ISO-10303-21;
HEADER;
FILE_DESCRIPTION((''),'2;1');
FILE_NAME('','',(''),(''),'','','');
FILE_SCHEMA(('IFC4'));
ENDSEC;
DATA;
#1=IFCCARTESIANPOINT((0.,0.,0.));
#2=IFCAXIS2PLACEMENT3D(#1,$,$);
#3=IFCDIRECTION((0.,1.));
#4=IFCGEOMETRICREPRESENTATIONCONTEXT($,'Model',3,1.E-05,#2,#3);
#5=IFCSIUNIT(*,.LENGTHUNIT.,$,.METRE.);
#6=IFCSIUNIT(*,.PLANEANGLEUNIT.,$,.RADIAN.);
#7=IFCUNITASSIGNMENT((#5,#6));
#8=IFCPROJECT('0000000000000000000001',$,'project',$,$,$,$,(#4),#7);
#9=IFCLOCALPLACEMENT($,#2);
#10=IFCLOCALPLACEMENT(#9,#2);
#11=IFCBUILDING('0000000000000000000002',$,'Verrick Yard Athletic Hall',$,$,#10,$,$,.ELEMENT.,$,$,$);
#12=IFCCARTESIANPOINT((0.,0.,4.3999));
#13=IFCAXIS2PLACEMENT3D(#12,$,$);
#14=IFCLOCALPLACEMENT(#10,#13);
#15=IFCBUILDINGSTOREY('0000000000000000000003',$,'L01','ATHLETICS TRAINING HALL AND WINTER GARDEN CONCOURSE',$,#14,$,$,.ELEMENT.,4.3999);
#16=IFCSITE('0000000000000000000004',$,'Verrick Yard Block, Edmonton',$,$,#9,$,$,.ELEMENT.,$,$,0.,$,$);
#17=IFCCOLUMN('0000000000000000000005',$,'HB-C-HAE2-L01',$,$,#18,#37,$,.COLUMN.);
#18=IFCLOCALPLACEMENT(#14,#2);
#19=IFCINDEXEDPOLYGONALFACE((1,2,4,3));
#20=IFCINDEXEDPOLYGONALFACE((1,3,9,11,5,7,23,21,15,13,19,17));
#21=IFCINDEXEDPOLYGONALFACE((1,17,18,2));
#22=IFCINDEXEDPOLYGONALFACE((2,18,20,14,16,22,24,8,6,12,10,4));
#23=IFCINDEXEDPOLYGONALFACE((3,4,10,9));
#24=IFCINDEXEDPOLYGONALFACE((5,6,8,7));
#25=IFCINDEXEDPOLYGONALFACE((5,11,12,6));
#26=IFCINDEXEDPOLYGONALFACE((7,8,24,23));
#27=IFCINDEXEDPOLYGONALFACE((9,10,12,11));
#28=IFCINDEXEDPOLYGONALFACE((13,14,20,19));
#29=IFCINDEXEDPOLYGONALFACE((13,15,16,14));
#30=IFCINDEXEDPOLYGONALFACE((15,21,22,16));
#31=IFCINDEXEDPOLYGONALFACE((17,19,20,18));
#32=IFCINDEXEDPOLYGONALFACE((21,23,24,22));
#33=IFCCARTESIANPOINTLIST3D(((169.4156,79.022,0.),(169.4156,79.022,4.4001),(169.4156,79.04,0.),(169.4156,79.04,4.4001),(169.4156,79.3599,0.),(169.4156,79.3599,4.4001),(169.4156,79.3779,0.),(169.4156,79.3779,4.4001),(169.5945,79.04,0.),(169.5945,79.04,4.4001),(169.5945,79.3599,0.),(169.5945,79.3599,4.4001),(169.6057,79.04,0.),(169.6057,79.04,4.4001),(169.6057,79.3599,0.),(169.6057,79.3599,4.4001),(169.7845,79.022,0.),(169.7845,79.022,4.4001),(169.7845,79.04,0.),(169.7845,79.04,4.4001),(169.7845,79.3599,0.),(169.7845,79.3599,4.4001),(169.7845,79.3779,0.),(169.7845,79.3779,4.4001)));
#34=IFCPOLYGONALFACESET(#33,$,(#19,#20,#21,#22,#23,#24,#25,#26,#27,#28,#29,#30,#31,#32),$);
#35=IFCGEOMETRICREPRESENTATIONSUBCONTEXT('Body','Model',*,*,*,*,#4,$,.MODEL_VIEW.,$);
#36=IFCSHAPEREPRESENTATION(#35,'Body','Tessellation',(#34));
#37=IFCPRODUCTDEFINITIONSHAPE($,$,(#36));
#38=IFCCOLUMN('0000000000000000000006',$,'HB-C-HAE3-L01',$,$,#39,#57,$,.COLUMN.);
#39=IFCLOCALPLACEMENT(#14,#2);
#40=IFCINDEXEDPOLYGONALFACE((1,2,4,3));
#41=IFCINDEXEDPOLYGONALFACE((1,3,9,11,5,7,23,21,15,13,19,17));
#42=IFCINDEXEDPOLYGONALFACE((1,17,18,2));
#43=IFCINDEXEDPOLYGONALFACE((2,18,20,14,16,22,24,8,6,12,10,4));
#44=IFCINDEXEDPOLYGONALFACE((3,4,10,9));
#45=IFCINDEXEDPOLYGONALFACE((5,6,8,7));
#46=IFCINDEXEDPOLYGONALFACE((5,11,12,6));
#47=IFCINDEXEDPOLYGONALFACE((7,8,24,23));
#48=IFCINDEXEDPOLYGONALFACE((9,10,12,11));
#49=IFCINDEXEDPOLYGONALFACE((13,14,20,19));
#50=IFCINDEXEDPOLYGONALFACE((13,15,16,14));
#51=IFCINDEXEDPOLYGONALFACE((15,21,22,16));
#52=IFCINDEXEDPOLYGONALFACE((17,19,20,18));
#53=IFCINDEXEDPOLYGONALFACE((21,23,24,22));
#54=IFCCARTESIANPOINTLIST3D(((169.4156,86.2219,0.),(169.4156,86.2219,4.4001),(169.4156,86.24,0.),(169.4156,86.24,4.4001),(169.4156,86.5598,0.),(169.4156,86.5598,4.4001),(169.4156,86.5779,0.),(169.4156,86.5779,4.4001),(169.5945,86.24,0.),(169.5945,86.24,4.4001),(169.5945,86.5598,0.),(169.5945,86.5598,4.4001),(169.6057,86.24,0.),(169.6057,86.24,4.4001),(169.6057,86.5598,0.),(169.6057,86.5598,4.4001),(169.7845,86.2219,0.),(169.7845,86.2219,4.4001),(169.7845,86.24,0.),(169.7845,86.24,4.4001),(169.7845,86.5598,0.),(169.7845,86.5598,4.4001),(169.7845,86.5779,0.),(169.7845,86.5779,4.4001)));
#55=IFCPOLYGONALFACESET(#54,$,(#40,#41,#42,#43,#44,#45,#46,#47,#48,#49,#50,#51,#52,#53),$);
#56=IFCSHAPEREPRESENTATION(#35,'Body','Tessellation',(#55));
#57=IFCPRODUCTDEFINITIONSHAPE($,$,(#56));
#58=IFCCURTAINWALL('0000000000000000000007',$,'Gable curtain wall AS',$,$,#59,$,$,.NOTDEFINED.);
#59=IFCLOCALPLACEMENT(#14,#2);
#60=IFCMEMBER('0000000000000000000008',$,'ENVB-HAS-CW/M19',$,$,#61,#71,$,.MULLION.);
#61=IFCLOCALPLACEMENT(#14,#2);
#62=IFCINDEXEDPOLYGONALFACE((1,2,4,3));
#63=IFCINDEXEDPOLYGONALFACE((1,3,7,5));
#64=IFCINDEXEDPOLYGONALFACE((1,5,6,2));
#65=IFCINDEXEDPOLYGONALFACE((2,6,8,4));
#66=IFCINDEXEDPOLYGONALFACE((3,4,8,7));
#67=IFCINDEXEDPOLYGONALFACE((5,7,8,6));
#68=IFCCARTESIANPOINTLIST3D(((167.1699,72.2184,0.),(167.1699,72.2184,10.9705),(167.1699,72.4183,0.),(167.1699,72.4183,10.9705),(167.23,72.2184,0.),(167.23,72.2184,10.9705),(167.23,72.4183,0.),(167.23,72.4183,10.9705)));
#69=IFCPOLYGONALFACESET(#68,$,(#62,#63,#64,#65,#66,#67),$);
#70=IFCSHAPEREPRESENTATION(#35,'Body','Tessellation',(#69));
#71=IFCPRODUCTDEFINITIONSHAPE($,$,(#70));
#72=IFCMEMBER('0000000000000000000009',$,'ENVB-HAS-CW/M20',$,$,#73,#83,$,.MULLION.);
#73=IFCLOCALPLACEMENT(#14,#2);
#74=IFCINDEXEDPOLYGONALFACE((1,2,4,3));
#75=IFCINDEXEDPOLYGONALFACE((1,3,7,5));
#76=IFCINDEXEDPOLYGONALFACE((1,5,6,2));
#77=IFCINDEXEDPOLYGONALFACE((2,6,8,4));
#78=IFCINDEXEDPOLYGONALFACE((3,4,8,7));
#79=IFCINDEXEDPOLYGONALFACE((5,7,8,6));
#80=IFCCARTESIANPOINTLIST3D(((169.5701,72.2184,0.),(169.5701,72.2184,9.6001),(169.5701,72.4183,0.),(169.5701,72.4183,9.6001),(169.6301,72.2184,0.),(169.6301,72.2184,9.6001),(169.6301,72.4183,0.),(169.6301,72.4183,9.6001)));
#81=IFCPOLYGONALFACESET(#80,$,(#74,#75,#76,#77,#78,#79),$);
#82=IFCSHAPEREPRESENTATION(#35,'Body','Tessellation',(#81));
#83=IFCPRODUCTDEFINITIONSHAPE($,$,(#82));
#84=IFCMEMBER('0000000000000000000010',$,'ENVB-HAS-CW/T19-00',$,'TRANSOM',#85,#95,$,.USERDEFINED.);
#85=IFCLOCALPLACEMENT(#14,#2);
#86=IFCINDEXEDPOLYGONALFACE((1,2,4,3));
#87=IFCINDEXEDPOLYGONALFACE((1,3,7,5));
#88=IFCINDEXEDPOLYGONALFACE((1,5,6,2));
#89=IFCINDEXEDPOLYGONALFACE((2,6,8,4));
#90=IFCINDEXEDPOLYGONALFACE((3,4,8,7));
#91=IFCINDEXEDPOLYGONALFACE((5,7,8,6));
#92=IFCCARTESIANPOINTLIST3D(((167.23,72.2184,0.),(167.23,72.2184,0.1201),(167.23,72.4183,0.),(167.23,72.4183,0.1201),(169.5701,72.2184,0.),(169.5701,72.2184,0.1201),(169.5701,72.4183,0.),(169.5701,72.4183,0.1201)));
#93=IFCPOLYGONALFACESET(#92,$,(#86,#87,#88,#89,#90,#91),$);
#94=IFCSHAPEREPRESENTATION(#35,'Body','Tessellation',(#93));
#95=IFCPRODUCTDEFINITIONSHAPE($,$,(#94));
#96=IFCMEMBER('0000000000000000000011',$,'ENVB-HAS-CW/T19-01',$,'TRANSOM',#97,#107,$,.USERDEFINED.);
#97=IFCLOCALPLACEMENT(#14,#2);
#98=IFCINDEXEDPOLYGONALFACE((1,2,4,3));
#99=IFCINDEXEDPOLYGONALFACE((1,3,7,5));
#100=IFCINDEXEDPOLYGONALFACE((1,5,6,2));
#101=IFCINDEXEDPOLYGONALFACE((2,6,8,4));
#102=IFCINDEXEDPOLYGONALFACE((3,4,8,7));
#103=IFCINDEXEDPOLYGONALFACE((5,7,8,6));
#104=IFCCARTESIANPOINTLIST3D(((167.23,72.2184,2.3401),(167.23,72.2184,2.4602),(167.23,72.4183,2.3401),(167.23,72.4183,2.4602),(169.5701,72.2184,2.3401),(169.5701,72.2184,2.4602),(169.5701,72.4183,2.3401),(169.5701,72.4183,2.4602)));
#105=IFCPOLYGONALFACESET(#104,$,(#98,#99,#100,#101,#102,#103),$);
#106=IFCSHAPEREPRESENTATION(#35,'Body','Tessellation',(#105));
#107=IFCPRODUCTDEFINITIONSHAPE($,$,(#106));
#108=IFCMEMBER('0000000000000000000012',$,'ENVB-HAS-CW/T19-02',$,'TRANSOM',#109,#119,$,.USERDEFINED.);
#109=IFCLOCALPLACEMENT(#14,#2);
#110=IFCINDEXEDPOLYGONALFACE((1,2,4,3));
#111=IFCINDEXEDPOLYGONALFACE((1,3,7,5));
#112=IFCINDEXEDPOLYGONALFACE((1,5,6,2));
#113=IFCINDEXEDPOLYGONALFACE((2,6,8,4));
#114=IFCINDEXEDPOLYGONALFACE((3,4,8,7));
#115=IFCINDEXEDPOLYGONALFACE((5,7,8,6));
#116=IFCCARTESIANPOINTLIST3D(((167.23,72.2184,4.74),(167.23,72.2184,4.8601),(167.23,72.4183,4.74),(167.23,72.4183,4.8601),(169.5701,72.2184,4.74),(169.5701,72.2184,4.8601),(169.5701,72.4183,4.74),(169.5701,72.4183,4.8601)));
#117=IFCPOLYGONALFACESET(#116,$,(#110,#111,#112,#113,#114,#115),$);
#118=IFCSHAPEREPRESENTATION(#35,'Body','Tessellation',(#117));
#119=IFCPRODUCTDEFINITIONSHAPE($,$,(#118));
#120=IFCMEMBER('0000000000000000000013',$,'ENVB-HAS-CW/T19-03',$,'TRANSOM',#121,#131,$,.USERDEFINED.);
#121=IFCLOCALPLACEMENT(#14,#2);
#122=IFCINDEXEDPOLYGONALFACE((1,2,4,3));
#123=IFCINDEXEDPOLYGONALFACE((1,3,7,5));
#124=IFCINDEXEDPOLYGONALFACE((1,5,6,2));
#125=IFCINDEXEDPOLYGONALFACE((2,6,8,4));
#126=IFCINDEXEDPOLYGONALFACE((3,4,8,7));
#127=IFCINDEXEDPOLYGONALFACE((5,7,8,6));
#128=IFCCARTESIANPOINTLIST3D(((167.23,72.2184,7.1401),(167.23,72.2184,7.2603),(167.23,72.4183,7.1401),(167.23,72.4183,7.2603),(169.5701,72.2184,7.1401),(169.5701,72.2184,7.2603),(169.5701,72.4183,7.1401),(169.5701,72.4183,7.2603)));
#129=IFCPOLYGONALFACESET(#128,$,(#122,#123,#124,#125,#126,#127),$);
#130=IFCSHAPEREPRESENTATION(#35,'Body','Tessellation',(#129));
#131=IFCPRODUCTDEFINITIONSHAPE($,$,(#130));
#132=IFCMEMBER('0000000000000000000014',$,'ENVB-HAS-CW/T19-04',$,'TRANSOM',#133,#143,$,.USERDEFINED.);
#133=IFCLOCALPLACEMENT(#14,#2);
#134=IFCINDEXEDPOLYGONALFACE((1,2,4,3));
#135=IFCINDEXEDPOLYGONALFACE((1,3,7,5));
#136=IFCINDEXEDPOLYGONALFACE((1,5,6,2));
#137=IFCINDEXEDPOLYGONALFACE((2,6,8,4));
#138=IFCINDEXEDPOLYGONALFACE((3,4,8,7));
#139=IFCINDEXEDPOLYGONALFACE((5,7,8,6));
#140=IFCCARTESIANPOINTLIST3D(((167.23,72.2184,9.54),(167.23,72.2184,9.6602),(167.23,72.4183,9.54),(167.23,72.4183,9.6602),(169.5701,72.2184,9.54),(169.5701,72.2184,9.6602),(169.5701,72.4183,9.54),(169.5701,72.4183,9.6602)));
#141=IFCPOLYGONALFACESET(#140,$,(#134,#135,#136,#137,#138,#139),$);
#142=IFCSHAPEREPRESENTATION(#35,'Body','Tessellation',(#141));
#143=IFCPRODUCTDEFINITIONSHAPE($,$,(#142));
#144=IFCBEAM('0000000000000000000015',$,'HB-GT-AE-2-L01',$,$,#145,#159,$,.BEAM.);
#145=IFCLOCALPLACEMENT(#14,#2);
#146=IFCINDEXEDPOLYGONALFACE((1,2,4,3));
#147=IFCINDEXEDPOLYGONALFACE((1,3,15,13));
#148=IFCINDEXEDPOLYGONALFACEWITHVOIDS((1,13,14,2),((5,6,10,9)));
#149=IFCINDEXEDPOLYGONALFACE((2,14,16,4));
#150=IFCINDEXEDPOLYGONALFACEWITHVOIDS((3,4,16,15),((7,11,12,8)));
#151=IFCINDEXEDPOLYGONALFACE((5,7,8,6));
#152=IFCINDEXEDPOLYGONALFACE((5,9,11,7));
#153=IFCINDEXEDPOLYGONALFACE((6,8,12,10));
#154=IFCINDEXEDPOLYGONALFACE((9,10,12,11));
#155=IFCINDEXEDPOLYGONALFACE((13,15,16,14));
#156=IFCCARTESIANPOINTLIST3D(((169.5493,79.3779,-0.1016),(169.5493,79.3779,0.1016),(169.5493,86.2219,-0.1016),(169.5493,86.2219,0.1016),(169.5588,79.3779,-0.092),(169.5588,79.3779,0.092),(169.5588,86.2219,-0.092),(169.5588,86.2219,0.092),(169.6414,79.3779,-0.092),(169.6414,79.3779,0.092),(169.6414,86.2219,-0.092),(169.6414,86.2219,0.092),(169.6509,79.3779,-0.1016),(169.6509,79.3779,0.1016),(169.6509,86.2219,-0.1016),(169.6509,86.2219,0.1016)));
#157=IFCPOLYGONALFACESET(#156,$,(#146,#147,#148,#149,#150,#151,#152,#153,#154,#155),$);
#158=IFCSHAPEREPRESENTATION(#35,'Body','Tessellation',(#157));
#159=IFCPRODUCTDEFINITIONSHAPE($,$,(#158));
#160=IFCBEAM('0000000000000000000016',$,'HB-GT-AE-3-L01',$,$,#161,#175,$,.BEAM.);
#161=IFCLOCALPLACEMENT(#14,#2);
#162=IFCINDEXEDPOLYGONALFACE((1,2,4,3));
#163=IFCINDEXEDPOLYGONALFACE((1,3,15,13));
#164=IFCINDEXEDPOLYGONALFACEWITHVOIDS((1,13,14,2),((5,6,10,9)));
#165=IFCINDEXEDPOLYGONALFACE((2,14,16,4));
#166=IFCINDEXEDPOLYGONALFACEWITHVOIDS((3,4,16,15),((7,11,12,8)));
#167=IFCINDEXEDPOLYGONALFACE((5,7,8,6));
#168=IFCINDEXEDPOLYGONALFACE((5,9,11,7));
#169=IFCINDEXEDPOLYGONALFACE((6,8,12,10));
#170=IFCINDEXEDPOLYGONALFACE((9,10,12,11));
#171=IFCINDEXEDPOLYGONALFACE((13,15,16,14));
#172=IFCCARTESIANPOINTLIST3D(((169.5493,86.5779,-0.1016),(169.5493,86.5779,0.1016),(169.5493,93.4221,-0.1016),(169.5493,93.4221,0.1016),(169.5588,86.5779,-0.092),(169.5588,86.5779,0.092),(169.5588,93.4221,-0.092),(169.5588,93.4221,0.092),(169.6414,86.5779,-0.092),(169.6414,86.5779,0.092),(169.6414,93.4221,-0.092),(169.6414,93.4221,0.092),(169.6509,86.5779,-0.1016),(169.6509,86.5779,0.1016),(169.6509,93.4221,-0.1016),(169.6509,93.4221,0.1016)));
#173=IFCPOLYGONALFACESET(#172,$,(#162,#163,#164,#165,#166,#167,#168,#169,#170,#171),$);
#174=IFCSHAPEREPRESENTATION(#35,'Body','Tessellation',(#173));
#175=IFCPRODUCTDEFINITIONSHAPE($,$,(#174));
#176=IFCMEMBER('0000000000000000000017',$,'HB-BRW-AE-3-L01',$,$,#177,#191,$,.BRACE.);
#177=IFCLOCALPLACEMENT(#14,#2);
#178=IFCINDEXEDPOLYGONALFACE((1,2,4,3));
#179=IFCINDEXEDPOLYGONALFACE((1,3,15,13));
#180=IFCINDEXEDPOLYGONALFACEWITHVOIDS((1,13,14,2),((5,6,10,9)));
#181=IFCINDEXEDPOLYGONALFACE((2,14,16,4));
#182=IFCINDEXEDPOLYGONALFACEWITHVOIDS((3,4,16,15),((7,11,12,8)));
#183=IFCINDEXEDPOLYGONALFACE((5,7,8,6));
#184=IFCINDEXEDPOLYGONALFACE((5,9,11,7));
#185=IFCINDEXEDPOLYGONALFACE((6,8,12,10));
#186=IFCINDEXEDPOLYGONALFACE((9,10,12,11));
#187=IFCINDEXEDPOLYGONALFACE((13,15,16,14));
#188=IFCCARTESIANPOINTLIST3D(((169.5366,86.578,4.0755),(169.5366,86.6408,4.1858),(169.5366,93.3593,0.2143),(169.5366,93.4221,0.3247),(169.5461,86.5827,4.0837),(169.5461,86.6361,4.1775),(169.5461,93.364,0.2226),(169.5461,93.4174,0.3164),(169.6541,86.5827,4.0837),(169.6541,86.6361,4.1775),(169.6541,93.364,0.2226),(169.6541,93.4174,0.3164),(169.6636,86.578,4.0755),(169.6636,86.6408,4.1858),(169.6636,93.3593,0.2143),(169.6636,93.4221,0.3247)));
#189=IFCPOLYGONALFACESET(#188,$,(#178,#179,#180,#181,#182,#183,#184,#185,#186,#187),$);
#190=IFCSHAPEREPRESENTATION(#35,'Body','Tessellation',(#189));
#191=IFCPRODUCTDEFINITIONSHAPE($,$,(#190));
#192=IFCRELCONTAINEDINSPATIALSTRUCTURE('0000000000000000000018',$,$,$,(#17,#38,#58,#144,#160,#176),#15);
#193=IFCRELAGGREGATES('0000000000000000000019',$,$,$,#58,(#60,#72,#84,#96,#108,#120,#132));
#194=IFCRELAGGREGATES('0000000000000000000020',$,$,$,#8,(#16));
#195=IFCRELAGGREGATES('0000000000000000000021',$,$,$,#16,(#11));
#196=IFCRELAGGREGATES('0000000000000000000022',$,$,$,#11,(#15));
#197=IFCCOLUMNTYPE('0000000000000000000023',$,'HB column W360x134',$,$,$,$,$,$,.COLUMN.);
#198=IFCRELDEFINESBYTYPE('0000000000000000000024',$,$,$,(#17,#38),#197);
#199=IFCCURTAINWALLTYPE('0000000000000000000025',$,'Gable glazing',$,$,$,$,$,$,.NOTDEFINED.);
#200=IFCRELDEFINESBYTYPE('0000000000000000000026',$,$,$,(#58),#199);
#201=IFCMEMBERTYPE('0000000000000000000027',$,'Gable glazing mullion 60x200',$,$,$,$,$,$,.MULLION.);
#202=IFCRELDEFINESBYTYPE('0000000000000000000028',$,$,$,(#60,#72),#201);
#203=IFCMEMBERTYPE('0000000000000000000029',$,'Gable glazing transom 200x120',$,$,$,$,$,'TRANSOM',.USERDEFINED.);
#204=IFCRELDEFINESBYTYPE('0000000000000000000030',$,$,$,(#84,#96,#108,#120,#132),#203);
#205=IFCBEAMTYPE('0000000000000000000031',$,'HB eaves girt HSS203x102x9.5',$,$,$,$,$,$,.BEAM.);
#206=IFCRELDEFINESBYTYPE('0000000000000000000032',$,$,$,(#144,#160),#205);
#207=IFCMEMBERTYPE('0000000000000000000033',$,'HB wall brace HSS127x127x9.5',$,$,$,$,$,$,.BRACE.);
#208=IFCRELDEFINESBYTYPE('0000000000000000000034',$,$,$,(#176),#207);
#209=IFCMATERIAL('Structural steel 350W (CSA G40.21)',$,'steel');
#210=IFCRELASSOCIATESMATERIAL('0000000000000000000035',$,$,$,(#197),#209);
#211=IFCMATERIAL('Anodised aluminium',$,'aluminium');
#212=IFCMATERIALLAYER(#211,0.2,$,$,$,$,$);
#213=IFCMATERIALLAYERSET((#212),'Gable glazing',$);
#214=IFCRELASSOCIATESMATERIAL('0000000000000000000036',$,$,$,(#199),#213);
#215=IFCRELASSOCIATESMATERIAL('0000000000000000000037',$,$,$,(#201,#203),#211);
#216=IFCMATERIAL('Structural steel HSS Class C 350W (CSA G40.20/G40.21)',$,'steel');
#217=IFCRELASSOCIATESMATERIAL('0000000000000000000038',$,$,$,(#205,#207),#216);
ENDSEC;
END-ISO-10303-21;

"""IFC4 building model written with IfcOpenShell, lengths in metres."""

from ifc_helpers import new_model, si_unit, direction, frame, origin, origin_2d, place, context, subcontext, project, spatial, rectangle, hollow_rectangle, i_section, extrude, material, layer, layer_set, material_profile, profile_set, type_object, element, aggregate, save


model = new_model("IFC4")

# Units and contexts
model_context = context("Model", 3, precision=1e-05, world=origin(), true_north=direction((0.0, 1.0)))
body_context = subcontext(model_context, "Body", "Model", "MODEL_VIEW")
ifc_project = project(units=[si_unit("LENGTHUNIT", "METRE"), si_unit("PLANEANGLEUNIT", "RADIAN")], contexts=[model_context])

# Site, building, storey
site_placement = place(None, origin())
site = spatial("IfcSite", under=ifc_project, at=site_placement, Name="Verrick Yard Block, Edmonton", CompositionType="ELEMENT", RefElevation=0.0)
building_placement = place(site_placement, origin())
building = spatial("IfcBuilding", under=site, at=building_placement, Name="Verrick Yard Athletic Hall", CompositionType="ELEMENT")
storey_placement = place(building_placement, frame((0.0, 0.0, 4.3999)))
storey = spatial("IfcBuildingStorey", under=building, at=storey_placement, Name="L01", Description="ATHLETICS TRAINING HALL AND WINTER GARDEN CONCOURSE", CompositionType="ELEMENT", Elevation=4.3999)

# Columns
ifc_material_1 = material(Name="Structural steel 350W (CSA G40.21)", Category="steel")
ifc_material_profile_1 = material_profile(ifc_material_1, i_section(OverallWidth=0.3689, OverallDepth=0.356, WebThickness=0.0112, FlangeThickness=0.0181, at=origin_2d()), Name="W360x134")
ifc_profile_set_1 = profile_set([ifc_material_profile_1], Name="Structural steel 350W (CSA G40.21)")
column_type = type_object("IfcColumnType", Name="HB column W360x134", PredefinedType="COLUMN", material=ifc_profile_set_1)
for number, where, z_axis, x_axis, name in (
    (1, (169.6001, 79.2, 0.0), (0.0, 0.0, 1.0), (1.0, 0.0, 0.0), "HB-C-HAE2-L01"),
    (2, (169.6001, 86.3999, 0.0), (0.0, 0.0, 1.0), (1.0, 0.0, 0.0), "HB-C-HAE3-L01"),
):
    element("IfcColumn", number, at=place(storey_placement, frame(where, z_axis=z_axis, x_axis=x_axis)), inside=storey, type_object=column_type, Name=name, PredefinedType="COLUMN", context=body_context, shape_type="SweptSolid", body=[
        extrude(i_section(OverallWidth=0.3689, OverallDepth=0.356, WebThickness=0.0112, FlangeThickness=0.0181, at=origin_2d()), origin(), (0.0, 0.0, 1.0), 4.4001),
    ])

# Curtain wall, members
ifc_material_2 = material(Name="Anodised aluminium", Category="aluminium")
ifc_layer_1 = layer(ifc_material_2, 0.2)
ifc_layer_set_1 = layer_set([ifc_layer_1], Name="Gable glazing")
curtain_wall_type = type_object("IfcCurtainWallType", Name="Gable glazing", PredefinedType="NOTDEFINED", material=ifc_layer_set_1)
curtain_wall_placement = place(storey_placement, origin())
curtain_wall = element("IfcCurtainWall", 3, at=curtain_wall_placement, inside=storey, type_object=curtain_wall_type, Name="Gable curtain wall AS", PredefinedType="NOTDEFINED")
ifc_material_profile_2 = material_profile(ifc_material_2, rectangle(XDim=0.2, YDim=0.0601, at=origin_2d()), Name="CW gable mullion 60x200")
ifc_profile_set_2 = profile_set([ifc_material_profile_2], Name="Anodised aluminium")
member_type_1 = type_object("IfcMemberType", Name="Gable glazing mullion 60x200", PredefinedType="MULLION", material=ifc_profile_set_2)
member_1_placement = place(storey_placement, frame((167.2, 72.3184, 0.0), z_axis=(0.0, 0.0, 1.0), x_axis=(0.0, 1.0, 0.0)))
member_1 = element("IfcMember", 4, at=member_1_placement, type_object=member_type_1, Name="ENVB-HAS-CW/M19", PredefinedType="MULLION", context=body_context, shape_type="SweptSolid", body=[
    extrude(rectangle(XDim=0.2, YDim=0.0601, at=origin_2d()), origin(), (0.0, 0.0, 1.0), 10.9705),
])
member_2_placement = place(storey_placement, frame((169.6001, 72.3184, 0.0), z_axis=(0.0, 0.0, 1.0), x_axis=(0.0, 1.0, 0.0)))
member_2 = element("IfcMember", 5, at=member_2_placement, type_object=member_type_1, Name="ENVB-HAS-CW/M20", PredefinedType="MULLION", context=body_context, shape_type="SweptSolid", body=[
    extrude(rectangle(XDim=0.2, YDim=0.0601, at=origin_2d()), origin(), (0.0, 0.0, 1.0), 9.6001),
])
ifc_material_profile_3 = material_profile(ifc_material_2, rectangle(XDim=0.2, YDim=0.1201, at=origin_2d()), Name="CW gable transom 200x120")
ifc_profile_set_3 = profile_set([ifc_material_profile_3], Name="Anodised aluminium")
member_type_2 = type_object("IfcMemberType", Name="Gable glazing transom 200x120", ElementType="TRANSOM", PredefinedType="USERDEFINED", material=ifc_profile_set_3)
member_3_placement = place(storey_placement, frame((167.23, 72.3184, 0.0601), z_axis=(1.0, 0.0, 0.0), x_axis=(0.0, 1.0, 0.0)))
member_3 = element("IfcMember", 6, at=member_3_placement, type_object=member_type_2, Name="ENVB-HAS-CW/T19-00", ObjectType="TRANSOM", PredefinedType="USERDEFINED", context=body_context, shape_type="SweptSolid", body=[
    extrude(rectangle(XDim=0.2, YDim=0.1201, at=origin_2d()), origin(), (0.0, 0.0, 1.0), 2.3401),
])
member_4_placement = place(storey_placement, frame((167.23, 72.3184, 2.4001), z_axis=(1.0, 0.0, 0.0), x_axis=(0.0, 1.0, 0.0)))
member_4 = element("IfcMember", 7, at=member_4_placement, type_object=member_type_2, Name="ENVB-HAS-CW/T19-01", ObjectType="TRANSOM", PredefinedType="USERDEFINED", context=body_context, shape_type="SweptSolid", body=[
    extrude(rectangle(XDim=0.2, YDim=0.1201, at=origin_2d()), origin(), (0.0, 0.0, 1.0), 2.3401),
])
member_5_placement = place(storey_placement, frame((167.23, 72.3184, 4.8), z_axis=(1.0, 0.0, 0.0), x_axis=(0.0, 1.0, 0.0)))
member_5 = element("IfcMember", 8, at=member_5_placement, type_object=member_type_2, Name="ENVB-HAS-CW/T19-02", ObjectType="TRANSOM", PredefinedType="USERDEFINED", context=body_context, shape_type="SweptSolid", body=[
    extrude(rectangle(XDim=0.2, YDim=0.1201, at=origin_2d()), origin(), (0.0, 0.0, 1.0), 2.3401),
])
member_6_placement = place(storey_placement, frame((167.23, 72.3184, 7.2002), z_axis=(1.0, 0.0, 0.0), x_axis=(0.0, 1.0, 0.0)))
member_6 = element("IfcMember", 9, at=member_6_placement, type_object=member_type_2, Name="ENVB-HAS-CW/T19-03", ObjectType="TRANSOM", PredefinedType="USERDEFINED", context=body_context, shape_type="SweptSolid", body=[
    extrude(rectangle(XDim=0.2, YDim=0.1201, at=origin_2d()), origin(), (0.0, 0.0, 1.0), 2.3401),
])
member_7_placement = place(storey_placement, frame((167.23, 72.3184, 9.6001), z_axis=(1.0, 0.0, 0.0), x_axis=(0.0, 1.0, 0.0)))
member_7 = element("IfcMember", 10, at=member_7_placement, type_object=member_type_2, Name="ENVB-HAS-CW/T19-04", ObjectType="TRANSOM", PredefinedType="USERDEFINED", context=body_context, shape_type="SweptSolid", body=[
    extrude(rectangle(XDim=0.2, YDim=0.1201, at=origin_2d()), origin(), (0.0, 0.0, 1.0), 2.3401),
])

# Beams
ifc_material_3 = material(Name="Structural steel HSS Class C 350W (CSA G40.20/G40.21)", Category="steel")
ifc_material_profile_4 = material_profile(ifc_material_3, hollow_rectangle(XDim=0.1016, YDim=0.2031, WallThickness=0.0095, at=origin_2d()), Name="HSS203x102x9.5")
ifc_profile_set_4 = profile_set([ifc_material_profile_4], Name="Structural steel HSS Class C 350W (CSA G40.20/G40.21)")
beam_type_1 = type_object("IfcBeamType", Name="HB eaves girt HSS203x102x9.5", PredefinedType="BEAM", material=ifc_profile_set_4)
beam_1_placement = place(storey_placement, frame((169.6001, 79.3779, 0.0), z_axis=(0.0, 1.0, 0.0), x_axis=(-1.0, 0.0, 0.0)))
element("IfcBeam", 11, at=beam_1_placement, inside=storey, type_object=beam_type_1, Name="HB-GT-AE-2-L01", PredefinedType="BEAM", context=body_context, shape_type="SweptSolid", body=[
    extrude(hollow_rectangle(XDim=0.1016, YDim=0.2031, WallThickness=0.0095, at=origin_2d()), origin(), (0.0, 0.0, 1.0), 6.844),
])
beam_2_placement = place(storey_placement, frame((169.6001, 86.5779, 0.0), z_axis=(0.0, 1.0, 0.0), x_axis=(-1.0, 0.0, 0.0)))
element("IfcBeam", 12, at=beam_2_placement, inside=storey, type_object=beam_type_1, Name="HB-GT-AE-3-L01", PredefinedType="BEAM", context=body_context, shape_type="SweptSolid", body=[
    extrude(hollow_rectangle(XDim=0.1016, YDim=0.2031, WallThickness=0.0095, at=origin_2d()), origin(), (0.0, 0.0, 1.0), 6.8442),
])

# Member
ifc_material_profile_5 = material_profile(ifc_material_3, hollow_rectangle(XDim=0.127, YDim=0.127, WallThickness=0.0095, at=origin_2d()), Name="HSS127x127x9.5")
ifc_profile_set_5 = profile_set([ifc_material_profile_5], Name="Structural steel HSS Class C 350W (CSA G40.20/G40.21)")
member_type_3 = type_object("IfcMemberType", Name="HB wall brace HSS127x127x9.5", PredefinedType="BRACE", material=ifc_profile_set_5)
member_8_placement = place(storey_placement, frame((169.6001, 86.6094, 4.1306), z_axis=(0.0, 0.86901, -0.494794), x_axis=(-1.0, 0.0, 0.0)))
element("IfcMember", 13, at=member_8_placement, inside=storey, type_object=member_type_3, Name="HB-BRW-AE-3-L01", PredefinedType="BRACE", context=body_context, shape_type="SweptSolid", body=[
    extrude(hollow_rectangle(XDim=0.127, YDim=0.127, WallThickness=0.0095, at=origin_2d()), origin(), (0.0, 0.0, 1.0), 7.8035),
])

aggregate(curtain_wall, [member_1, member_2, member_3, member_4, member_5, member_6, member_7])

save(model, "model.ifc")
